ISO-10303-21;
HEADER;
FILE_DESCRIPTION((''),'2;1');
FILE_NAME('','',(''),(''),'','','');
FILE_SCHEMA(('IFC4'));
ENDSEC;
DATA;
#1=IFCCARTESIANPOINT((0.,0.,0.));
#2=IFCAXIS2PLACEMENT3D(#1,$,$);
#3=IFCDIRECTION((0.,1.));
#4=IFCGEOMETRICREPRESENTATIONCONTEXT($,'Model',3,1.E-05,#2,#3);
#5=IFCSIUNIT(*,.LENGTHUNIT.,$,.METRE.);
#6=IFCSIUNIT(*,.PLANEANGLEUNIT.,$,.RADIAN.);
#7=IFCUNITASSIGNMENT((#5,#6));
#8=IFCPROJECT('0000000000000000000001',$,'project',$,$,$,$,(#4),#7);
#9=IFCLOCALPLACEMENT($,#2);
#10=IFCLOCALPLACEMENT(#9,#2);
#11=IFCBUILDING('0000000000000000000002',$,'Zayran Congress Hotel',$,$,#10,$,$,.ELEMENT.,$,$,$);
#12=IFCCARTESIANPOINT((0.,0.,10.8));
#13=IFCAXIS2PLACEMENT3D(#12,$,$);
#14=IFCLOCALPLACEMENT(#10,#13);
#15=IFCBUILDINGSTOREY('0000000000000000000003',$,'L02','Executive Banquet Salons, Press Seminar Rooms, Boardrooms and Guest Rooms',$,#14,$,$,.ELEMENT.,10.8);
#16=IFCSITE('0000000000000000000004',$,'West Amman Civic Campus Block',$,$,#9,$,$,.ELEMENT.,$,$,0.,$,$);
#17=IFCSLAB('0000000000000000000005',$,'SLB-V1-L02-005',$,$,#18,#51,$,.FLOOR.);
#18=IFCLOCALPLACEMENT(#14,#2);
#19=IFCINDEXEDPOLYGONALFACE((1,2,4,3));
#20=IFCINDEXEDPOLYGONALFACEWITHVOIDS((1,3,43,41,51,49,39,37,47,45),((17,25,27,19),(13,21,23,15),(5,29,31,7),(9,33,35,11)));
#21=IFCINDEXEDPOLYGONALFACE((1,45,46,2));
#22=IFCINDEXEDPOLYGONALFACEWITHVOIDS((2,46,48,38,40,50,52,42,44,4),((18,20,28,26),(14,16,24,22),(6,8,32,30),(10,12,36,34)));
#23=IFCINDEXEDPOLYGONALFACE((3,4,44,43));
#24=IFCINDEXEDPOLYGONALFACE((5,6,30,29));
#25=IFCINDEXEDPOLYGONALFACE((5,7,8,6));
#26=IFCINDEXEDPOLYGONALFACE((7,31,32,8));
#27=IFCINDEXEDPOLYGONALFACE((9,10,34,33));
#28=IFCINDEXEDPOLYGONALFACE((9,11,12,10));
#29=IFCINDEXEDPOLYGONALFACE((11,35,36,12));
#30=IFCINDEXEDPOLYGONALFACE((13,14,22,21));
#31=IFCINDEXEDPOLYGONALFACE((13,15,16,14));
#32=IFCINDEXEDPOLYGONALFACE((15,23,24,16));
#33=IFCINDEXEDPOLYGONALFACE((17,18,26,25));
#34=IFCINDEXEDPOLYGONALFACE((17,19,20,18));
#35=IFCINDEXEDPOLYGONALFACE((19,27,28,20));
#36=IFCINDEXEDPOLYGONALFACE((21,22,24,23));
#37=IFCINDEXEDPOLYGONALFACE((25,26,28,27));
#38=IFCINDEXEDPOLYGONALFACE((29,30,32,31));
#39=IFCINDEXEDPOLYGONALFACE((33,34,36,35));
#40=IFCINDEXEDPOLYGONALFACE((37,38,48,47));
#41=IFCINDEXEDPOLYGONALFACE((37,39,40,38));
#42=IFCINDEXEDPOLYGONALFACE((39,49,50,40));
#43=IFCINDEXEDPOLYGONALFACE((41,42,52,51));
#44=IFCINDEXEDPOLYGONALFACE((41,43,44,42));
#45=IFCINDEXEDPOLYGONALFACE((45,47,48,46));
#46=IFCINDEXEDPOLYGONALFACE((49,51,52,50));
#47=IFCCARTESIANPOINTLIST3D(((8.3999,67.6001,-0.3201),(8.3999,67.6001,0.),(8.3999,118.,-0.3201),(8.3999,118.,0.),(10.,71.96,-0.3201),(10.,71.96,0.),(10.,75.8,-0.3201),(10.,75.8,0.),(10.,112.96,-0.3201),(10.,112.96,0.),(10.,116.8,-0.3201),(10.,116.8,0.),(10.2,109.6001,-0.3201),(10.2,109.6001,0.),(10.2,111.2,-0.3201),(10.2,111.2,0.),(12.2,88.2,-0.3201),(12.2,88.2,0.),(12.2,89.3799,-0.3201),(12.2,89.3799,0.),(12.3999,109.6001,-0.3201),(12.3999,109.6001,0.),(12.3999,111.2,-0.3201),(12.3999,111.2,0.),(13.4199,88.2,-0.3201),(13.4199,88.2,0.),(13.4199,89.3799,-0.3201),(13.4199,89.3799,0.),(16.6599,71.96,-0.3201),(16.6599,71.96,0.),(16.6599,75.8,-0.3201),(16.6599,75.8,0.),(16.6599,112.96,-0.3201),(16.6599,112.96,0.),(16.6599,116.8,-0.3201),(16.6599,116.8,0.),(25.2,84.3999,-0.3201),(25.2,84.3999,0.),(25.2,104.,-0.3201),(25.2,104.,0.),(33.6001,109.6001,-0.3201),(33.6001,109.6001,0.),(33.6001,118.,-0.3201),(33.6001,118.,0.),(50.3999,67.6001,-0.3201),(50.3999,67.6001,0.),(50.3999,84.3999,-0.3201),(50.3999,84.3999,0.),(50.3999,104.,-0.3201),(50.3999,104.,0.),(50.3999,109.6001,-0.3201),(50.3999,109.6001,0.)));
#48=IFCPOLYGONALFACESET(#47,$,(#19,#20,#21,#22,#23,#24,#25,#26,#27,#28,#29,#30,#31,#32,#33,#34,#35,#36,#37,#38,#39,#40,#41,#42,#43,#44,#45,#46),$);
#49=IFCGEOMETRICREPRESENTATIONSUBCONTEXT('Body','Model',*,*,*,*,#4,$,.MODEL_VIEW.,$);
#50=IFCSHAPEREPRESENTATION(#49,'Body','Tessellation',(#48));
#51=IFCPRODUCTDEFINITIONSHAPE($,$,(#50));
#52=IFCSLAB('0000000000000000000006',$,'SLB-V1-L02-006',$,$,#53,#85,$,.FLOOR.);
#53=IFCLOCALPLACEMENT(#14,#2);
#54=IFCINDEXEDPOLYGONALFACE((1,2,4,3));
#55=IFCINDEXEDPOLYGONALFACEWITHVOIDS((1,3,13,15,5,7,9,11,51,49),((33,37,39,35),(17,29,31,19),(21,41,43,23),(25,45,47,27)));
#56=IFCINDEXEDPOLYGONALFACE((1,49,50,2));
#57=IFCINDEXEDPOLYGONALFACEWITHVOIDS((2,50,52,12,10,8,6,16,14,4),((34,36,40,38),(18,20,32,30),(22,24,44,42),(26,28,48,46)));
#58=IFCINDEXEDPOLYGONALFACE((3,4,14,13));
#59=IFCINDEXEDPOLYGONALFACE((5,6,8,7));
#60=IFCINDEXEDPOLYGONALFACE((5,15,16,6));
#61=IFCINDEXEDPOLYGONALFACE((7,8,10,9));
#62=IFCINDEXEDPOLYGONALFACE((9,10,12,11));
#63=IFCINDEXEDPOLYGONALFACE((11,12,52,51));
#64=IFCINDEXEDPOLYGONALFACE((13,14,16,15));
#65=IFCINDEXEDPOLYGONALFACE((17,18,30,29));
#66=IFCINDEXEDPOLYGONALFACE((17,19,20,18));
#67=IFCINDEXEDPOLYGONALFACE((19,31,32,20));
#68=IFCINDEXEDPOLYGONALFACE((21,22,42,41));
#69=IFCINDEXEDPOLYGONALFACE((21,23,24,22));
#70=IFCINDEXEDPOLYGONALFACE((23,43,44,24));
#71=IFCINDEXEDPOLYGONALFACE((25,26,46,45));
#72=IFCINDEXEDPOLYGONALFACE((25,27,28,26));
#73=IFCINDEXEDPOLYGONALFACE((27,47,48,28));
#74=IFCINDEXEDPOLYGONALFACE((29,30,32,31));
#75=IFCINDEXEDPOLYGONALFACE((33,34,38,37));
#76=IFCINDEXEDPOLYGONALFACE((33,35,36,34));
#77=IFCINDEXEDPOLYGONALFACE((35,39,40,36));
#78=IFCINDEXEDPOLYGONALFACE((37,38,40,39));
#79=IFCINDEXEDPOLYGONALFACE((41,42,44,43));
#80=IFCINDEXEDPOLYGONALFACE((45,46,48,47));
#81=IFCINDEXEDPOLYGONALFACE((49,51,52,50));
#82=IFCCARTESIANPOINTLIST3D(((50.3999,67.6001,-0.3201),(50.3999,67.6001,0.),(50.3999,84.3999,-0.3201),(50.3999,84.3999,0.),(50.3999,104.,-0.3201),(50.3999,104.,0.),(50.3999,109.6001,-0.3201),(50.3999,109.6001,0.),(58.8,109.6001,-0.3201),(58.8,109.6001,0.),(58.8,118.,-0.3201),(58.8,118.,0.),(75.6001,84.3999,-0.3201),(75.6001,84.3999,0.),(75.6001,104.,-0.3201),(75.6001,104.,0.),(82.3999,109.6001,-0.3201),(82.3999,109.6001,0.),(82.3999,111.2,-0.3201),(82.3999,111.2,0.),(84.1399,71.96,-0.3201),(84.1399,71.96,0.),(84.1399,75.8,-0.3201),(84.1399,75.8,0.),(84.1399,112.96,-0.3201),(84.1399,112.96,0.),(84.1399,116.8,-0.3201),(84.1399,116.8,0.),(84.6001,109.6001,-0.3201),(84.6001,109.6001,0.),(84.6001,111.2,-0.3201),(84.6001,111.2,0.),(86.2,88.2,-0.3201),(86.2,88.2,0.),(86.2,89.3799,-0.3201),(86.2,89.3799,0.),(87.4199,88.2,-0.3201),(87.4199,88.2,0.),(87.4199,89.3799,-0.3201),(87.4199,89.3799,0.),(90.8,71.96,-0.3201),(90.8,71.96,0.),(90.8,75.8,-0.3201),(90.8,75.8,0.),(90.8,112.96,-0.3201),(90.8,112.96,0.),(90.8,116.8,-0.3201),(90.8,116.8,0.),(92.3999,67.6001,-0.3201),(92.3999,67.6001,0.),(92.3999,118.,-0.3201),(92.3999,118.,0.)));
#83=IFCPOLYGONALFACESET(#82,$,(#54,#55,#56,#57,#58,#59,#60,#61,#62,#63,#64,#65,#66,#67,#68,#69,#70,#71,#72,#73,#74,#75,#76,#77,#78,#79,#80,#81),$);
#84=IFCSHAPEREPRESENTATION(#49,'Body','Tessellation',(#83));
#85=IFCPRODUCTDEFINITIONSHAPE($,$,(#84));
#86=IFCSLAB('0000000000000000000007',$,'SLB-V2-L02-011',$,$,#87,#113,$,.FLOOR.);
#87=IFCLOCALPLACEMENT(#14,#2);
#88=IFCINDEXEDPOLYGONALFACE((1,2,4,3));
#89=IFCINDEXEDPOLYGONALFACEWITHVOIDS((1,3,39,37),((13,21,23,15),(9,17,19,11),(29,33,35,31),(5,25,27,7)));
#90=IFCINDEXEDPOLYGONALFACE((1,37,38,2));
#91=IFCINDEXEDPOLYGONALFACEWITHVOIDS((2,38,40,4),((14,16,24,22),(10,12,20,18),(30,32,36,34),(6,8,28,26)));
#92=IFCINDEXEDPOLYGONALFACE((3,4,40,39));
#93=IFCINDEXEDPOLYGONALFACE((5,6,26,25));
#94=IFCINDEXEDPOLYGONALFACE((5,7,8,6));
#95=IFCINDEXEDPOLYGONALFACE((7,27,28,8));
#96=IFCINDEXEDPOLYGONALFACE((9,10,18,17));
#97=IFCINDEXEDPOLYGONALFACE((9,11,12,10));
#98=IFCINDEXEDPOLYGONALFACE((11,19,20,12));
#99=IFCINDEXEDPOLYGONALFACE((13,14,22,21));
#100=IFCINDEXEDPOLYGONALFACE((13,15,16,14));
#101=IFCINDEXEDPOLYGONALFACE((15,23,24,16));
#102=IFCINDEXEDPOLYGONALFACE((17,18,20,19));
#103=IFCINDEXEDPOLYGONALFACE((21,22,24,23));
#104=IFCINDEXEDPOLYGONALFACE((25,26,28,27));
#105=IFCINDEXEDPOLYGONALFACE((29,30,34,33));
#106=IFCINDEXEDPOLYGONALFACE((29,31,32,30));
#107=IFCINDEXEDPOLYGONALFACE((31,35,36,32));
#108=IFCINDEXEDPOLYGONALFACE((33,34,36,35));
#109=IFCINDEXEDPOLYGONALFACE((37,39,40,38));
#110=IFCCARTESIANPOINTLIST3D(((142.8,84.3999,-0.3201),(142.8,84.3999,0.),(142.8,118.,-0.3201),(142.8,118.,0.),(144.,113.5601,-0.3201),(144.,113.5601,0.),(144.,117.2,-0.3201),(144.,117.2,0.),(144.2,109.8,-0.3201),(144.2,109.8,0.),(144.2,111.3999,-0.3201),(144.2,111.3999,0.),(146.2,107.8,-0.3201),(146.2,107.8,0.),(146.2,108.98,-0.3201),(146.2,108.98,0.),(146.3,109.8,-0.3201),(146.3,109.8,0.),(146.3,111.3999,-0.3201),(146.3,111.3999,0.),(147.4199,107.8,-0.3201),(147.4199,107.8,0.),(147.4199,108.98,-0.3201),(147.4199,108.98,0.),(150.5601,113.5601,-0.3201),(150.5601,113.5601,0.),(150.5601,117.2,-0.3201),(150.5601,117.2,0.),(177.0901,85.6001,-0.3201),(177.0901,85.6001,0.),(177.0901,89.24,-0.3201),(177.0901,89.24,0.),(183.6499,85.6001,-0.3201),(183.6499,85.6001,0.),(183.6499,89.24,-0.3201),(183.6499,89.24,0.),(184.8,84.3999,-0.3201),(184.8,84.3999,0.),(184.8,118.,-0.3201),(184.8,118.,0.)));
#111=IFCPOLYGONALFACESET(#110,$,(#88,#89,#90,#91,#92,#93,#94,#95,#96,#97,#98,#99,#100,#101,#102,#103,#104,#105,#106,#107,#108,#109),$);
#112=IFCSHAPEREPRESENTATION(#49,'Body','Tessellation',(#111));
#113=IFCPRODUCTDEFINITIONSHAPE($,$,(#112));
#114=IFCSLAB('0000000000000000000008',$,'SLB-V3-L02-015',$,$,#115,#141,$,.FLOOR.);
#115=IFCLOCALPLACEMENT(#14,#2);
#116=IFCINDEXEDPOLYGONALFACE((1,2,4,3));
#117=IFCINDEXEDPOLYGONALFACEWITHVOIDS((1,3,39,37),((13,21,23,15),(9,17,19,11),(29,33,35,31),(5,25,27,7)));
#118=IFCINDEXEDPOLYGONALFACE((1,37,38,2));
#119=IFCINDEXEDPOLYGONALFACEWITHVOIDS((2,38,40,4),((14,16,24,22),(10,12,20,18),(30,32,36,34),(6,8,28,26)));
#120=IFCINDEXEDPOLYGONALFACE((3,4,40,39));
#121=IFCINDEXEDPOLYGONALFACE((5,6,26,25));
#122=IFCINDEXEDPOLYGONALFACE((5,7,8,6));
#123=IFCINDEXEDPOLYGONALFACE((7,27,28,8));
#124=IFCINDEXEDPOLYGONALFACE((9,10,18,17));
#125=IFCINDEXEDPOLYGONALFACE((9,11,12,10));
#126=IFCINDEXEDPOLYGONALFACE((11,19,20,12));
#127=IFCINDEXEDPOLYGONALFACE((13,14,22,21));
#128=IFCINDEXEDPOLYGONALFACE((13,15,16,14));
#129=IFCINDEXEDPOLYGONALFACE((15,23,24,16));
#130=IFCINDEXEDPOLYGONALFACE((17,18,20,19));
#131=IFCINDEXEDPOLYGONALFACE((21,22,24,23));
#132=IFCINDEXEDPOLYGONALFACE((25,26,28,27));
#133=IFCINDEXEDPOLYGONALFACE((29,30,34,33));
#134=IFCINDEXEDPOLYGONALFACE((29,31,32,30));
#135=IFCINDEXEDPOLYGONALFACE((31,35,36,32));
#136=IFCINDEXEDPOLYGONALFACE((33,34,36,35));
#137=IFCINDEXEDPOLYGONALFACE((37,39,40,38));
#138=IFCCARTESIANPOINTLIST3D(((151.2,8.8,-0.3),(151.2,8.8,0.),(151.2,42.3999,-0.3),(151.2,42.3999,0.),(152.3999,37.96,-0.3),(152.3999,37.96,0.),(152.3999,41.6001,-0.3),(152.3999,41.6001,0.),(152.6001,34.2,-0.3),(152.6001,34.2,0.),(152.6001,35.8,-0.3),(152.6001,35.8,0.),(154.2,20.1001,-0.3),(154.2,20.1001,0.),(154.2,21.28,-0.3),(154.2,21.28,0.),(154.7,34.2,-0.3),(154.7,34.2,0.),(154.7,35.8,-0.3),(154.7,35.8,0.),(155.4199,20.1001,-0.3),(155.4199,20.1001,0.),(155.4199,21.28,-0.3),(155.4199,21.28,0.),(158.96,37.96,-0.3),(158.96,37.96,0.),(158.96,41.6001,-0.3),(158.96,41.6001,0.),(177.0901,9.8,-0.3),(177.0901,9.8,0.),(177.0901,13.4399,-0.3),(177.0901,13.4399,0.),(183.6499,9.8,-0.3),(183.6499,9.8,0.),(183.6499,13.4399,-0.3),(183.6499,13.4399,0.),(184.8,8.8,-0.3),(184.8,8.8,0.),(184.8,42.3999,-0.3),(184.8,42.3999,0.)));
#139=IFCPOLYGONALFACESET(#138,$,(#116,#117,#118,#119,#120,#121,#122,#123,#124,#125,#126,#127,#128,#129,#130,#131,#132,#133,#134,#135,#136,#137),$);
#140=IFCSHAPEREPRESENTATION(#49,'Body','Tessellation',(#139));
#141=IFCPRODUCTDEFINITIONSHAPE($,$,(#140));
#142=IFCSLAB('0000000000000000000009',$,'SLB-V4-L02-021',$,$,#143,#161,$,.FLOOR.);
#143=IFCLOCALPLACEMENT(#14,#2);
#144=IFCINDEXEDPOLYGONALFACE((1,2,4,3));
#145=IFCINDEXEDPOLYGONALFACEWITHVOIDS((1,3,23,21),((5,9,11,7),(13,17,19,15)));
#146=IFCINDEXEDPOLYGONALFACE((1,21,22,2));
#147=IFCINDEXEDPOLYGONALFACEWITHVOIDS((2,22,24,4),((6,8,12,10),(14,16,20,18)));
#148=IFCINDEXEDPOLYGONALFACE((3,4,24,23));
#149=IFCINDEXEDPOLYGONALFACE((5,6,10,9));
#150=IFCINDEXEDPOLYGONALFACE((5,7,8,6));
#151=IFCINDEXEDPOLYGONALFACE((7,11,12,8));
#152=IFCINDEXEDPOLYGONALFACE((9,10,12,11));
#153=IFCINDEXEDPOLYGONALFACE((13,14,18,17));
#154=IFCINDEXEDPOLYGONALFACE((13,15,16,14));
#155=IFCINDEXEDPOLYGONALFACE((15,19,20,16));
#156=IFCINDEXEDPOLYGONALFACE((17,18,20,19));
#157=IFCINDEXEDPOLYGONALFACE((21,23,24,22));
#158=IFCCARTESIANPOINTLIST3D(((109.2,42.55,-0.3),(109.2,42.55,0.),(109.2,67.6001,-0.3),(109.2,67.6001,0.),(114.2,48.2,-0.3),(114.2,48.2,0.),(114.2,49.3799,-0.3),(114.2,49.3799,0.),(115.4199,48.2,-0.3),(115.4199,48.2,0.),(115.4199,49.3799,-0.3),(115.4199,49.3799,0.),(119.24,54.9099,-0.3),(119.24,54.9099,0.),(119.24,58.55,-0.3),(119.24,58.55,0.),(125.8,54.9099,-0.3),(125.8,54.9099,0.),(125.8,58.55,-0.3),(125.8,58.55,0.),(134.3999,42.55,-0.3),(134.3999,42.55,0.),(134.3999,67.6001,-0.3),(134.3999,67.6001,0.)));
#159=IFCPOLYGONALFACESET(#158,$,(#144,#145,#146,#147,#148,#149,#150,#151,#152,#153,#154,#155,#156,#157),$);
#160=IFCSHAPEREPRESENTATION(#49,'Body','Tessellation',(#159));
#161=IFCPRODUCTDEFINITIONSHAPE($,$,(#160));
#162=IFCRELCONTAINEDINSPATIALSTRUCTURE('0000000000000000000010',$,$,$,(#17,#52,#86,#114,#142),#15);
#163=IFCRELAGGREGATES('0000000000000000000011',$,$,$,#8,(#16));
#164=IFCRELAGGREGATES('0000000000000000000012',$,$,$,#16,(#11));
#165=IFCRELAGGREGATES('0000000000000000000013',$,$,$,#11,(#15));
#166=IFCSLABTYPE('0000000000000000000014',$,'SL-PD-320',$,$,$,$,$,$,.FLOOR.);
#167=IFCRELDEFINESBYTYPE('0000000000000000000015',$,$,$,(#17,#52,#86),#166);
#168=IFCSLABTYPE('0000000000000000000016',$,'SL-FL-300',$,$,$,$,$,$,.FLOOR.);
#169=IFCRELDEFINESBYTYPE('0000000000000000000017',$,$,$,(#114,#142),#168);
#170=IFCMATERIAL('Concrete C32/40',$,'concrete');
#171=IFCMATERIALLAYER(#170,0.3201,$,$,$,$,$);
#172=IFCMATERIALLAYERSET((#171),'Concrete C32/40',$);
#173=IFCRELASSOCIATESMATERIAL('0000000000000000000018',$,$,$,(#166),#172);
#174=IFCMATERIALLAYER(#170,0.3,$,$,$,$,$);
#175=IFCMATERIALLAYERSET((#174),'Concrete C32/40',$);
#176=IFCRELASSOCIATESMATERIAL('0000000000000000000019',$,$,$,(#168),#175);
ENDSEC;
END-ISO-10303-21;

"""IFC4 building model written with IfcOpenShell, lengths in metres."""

from ifc_helpers import new_model, si_unit, direction, frame, origin, place, context, subcontext, project, spatial, polyline, outline, extrude, material, layer, layer_set, type_object, element, save


model = new_model("IFC4")

# Units and contexts
model_context = context("Model", 3, precision=1e-05, world=origin(), true_north=direction((0.0, 1.0)))
body_context = subcontext(model_context, "Body", "Model", "MODEL_VIEW")
ifc_project = project(units=[si_unit("LENGTHUNIT", "METRE"), si_unit("PLANEANGLEUNIT", "RADIAN")], contexts=[model_context])

# Site, building, storey
site_placement = place(None, origin())
site = spatial("IfcSite", under=ifc_project, at=site_placement, Name="West Amman Civic Campus Block", CompositionType="ELEMENT", RefElevation=0.0)
building_placement = place(site_placement, origin())
building = spatial("IfcBuilding", under=site, at=building_placement, Name="Zayran Congress Hotel", CompositionType="ELEMENT")
storey_placement = place(building_placement, frame((0.0, 0.0, 10.8)))
storey = spatial("IfcBuildingStorey", under=building, at=storey_placement, Name="L02", Description="Executive Banquet Salons, Press Seminar Rooms, Boardrooms and Guest Rooms", CompositionType="ELEMENT", Elevation=10.8)

# Slabs
ifc_material_1 = material(Name="Concrete C32/40", Category="concrete")
ifc_layer_1 = layer(ifc_material_1, 0.3201)
ifc_layer_set_1 = layer_set([ifc_layer_1], Name="Concrete C32/40")
slab_type_1 = type_object("IfcSlabType", Name="SL-PD-320", PredefinedType="FLOOR", material=ifc_layer_set_1)
slab_1_placement = place(storey_placement, frame((0.0, 0.0, -0.3201)))
element("IfcSlab", 1, at=slab_1_placement, inside=storey, type_object=slab_type_1, Name="SLB-V1-L02-005", PredefinedType="FLOOR", context=body_context, shape_type="SweptSolid", body=[
    extrude(outline(polyline([(8.3999, 67.6001), (50.3999, 67.6001), (50.3999, 84.3999), (25.2, 84.3999), (25.2, 104.0), (50.3999, 104.0), (50.3999, 109.6001), (33.6001, 109.6001), (33.6001, 118.0), (8.3999, 118.0), (8.3999, 67.6001)]), holes=[polyline([(10.0, 112.96), (16.6599, 112.96), (16.6599, 116.8), (10.0, 116.8), (10.0, 112.96)]), polyline([(10.2, 109.6001), (12.3999, 109.6001), (12.3999, 111.2), (10.2, 111.2), (10.2, 109.6001)]), polyline([(10.0, 71.96), (16.6599, 71.96), (16.6599, 75.8), (10.0, 75.8), (10.0, 71.96)]), polyline([(12.2, 88.2), (13.4199, 88.2), (13.4199, 89.3799), (12.2, 89.3799), (12.2, 88.2)])]), origin(), (0.0, 0.0, 1.0), 0.3201),
])
slab_2_placement = place(storey_placement, frame((0.0, 0.0, -0.3201)))
element("IfcSlab", 2, at=slab_2_placement, inside=storey, type_object=slab_type_1, Name="SLB-V1-L02-006", PredefinedType="FLOOR", context=body_context, shape_type="SweptSolid", body=[
    extrude(outline(polyline([(50.3999, 67.6001), (92.3999, 67.6001), (92.3999, 118.0), (58.8, 118.0), (58.8, 109.6001), (50.3999, 109.6001), (50.3999, 104.0), (75.6001, 104.0), (75.6001, 84.3999), (50.3999, 84.3999), (50.3999, 67.6001)]), holes=[polyline([(84.1399, 112.96), (90.8, 112.96), (90.8, 116.8), (84.1399, 116.8), (84.1399, 112.96)]), polyline([(82.3999, 109.6001), (84.6001, 109.6001), (84.6001, 111.2), (82.3999, 111.2), (82.3999, 109.6001)]), polyline([(84.1399, 71.96), (90.8, 71.96), (90.8, 75.8), (84.1399, 75.8), (84.1399, 71.96)]), polyline([(86.2, 88.2), (87.4199, 88.2), (87.4199, 89.3799), (86.2, 89.3799), (86.2, 88.2)])]), origin(), (0.0, 0.0, 1.0), 0.3201),
])
slab_3_placement = place(storey_placement, frame((0.0, 0.0, -0.3201)))
element("IfcSlab", 3, at=slab_3_placement, inside=storey, type_object=slab_type_1, Name="SLB-V2-L02-011", PredefinedType="FLOOR", context=body_context, shape_type="SweptSolid", body=[
    extrude(outline(polyline([(142.8, 84.3999), (184.8, 84.3999), (184.8, 118.0), (142.8, 118.0), (142.8, 84.3999)]), holes=[polyline([(144.0, 113.5601), (150.5601, 113.5601), (150.5601, 117.2), (144.0, 117.2), (144.0, 113.5601)]), polyline([(144.2, 109.8), (146.3, 109.8), (146.3, 111.3999), (144.2, 111.3999), (144.2, 109.8)]), polyline([(177.0901, 85.6001), (183.6499, 85.6001), (183.6499, 89.24), (177.0901, 89.24), (177.0901, 85.6001)]), polyline([(146.2, 107.8), (147.4199, 107.8), (147.4199, 108.98), (146.2, 108.98), (146.2, 107.8)])]), origin(), (0.0, 0.0, 1.0), 0.3201),
])
ifc_layer_2 = layer(ifc_material_1, 0.3)
ifc_layer_set_2 = layer_set([ifc_layer_2], Name="Concrete C32/40")
slab_type_2 = type_object("IfcSlabType", Name="SL-FL-300", PredefinedType="FLOOR", material=ifc_layer_set_2)
slab_4_placement = place(storey_placement, frame((0.0, 0.0, -0.3)))
element("IfcSlab", 4, at=slab_4_placement, inside=storey, type_object=slab_type_2, Name="SLB-V3-L02-015", PredefinedType="FLOOR", context=body_context, shape_type="SweptSolid", body=[
    extrude(outline(polyline([(151.2, 8.8), (184.8, 8.8), (184.8, 42.3999), (151.2, 42.3999), (151.2, 8.8)]), holes=[polyline([(152.3999, 37.96), (158.96, 37.96), (158.96, 41.6001), (152.3999, 41.6001), (152.3999, 37.96)]), polyline([(152.6001, 34.2), (154.7, 34.2), (154.7, 35.8), (152.6001, 35.8), (152.6001, 34.2)]), polyline([(177.0901, 9.8), (183.6499, 9.8), (183.6499, 13.4399), (177.0901, 13.4399), (177.0901, 9.8)]), polyline([(154.2, 20.1001), (155.4199, 20.1001), (155.4199, 21.28), (154.2, 21.28), (154.2, 20.1001)])]), origin(), (0.0, 0.0, 1.0), 0.3),
])
slab_5_placement = place(storey_placement, frame((0.0, 0.0, -0.3)))
element("IfcSlab", 5, at=slab_5_placement, inside=storey, type_object=slab_type_2, Name="SLB-V4-L02-021", PredefinedType="FLOOR", context=body_context, shape_type="SweptSolid", body=[
    extrude(outline(polyline([(109.2, 42.55), (134.3999, 42.55), (134.3999, 67.6001), (109.2, 67.6001), (109.2, 42.55)]), holes=[polyline([(119.24, 54.9099), (125.8, 54.9099), (125.8, 58.55), (119.24, 58.55), (119.24, 54.9099)]), polyline([(114.2, 48.2), (115.4199, 48.2), (115.4199, 49.3799), (114.2, 49.3799), (114.2, 48.2)])]), origin(), (0.0, 0.0, 1.0), 0.3),
])

save(model, "model.ifc")
